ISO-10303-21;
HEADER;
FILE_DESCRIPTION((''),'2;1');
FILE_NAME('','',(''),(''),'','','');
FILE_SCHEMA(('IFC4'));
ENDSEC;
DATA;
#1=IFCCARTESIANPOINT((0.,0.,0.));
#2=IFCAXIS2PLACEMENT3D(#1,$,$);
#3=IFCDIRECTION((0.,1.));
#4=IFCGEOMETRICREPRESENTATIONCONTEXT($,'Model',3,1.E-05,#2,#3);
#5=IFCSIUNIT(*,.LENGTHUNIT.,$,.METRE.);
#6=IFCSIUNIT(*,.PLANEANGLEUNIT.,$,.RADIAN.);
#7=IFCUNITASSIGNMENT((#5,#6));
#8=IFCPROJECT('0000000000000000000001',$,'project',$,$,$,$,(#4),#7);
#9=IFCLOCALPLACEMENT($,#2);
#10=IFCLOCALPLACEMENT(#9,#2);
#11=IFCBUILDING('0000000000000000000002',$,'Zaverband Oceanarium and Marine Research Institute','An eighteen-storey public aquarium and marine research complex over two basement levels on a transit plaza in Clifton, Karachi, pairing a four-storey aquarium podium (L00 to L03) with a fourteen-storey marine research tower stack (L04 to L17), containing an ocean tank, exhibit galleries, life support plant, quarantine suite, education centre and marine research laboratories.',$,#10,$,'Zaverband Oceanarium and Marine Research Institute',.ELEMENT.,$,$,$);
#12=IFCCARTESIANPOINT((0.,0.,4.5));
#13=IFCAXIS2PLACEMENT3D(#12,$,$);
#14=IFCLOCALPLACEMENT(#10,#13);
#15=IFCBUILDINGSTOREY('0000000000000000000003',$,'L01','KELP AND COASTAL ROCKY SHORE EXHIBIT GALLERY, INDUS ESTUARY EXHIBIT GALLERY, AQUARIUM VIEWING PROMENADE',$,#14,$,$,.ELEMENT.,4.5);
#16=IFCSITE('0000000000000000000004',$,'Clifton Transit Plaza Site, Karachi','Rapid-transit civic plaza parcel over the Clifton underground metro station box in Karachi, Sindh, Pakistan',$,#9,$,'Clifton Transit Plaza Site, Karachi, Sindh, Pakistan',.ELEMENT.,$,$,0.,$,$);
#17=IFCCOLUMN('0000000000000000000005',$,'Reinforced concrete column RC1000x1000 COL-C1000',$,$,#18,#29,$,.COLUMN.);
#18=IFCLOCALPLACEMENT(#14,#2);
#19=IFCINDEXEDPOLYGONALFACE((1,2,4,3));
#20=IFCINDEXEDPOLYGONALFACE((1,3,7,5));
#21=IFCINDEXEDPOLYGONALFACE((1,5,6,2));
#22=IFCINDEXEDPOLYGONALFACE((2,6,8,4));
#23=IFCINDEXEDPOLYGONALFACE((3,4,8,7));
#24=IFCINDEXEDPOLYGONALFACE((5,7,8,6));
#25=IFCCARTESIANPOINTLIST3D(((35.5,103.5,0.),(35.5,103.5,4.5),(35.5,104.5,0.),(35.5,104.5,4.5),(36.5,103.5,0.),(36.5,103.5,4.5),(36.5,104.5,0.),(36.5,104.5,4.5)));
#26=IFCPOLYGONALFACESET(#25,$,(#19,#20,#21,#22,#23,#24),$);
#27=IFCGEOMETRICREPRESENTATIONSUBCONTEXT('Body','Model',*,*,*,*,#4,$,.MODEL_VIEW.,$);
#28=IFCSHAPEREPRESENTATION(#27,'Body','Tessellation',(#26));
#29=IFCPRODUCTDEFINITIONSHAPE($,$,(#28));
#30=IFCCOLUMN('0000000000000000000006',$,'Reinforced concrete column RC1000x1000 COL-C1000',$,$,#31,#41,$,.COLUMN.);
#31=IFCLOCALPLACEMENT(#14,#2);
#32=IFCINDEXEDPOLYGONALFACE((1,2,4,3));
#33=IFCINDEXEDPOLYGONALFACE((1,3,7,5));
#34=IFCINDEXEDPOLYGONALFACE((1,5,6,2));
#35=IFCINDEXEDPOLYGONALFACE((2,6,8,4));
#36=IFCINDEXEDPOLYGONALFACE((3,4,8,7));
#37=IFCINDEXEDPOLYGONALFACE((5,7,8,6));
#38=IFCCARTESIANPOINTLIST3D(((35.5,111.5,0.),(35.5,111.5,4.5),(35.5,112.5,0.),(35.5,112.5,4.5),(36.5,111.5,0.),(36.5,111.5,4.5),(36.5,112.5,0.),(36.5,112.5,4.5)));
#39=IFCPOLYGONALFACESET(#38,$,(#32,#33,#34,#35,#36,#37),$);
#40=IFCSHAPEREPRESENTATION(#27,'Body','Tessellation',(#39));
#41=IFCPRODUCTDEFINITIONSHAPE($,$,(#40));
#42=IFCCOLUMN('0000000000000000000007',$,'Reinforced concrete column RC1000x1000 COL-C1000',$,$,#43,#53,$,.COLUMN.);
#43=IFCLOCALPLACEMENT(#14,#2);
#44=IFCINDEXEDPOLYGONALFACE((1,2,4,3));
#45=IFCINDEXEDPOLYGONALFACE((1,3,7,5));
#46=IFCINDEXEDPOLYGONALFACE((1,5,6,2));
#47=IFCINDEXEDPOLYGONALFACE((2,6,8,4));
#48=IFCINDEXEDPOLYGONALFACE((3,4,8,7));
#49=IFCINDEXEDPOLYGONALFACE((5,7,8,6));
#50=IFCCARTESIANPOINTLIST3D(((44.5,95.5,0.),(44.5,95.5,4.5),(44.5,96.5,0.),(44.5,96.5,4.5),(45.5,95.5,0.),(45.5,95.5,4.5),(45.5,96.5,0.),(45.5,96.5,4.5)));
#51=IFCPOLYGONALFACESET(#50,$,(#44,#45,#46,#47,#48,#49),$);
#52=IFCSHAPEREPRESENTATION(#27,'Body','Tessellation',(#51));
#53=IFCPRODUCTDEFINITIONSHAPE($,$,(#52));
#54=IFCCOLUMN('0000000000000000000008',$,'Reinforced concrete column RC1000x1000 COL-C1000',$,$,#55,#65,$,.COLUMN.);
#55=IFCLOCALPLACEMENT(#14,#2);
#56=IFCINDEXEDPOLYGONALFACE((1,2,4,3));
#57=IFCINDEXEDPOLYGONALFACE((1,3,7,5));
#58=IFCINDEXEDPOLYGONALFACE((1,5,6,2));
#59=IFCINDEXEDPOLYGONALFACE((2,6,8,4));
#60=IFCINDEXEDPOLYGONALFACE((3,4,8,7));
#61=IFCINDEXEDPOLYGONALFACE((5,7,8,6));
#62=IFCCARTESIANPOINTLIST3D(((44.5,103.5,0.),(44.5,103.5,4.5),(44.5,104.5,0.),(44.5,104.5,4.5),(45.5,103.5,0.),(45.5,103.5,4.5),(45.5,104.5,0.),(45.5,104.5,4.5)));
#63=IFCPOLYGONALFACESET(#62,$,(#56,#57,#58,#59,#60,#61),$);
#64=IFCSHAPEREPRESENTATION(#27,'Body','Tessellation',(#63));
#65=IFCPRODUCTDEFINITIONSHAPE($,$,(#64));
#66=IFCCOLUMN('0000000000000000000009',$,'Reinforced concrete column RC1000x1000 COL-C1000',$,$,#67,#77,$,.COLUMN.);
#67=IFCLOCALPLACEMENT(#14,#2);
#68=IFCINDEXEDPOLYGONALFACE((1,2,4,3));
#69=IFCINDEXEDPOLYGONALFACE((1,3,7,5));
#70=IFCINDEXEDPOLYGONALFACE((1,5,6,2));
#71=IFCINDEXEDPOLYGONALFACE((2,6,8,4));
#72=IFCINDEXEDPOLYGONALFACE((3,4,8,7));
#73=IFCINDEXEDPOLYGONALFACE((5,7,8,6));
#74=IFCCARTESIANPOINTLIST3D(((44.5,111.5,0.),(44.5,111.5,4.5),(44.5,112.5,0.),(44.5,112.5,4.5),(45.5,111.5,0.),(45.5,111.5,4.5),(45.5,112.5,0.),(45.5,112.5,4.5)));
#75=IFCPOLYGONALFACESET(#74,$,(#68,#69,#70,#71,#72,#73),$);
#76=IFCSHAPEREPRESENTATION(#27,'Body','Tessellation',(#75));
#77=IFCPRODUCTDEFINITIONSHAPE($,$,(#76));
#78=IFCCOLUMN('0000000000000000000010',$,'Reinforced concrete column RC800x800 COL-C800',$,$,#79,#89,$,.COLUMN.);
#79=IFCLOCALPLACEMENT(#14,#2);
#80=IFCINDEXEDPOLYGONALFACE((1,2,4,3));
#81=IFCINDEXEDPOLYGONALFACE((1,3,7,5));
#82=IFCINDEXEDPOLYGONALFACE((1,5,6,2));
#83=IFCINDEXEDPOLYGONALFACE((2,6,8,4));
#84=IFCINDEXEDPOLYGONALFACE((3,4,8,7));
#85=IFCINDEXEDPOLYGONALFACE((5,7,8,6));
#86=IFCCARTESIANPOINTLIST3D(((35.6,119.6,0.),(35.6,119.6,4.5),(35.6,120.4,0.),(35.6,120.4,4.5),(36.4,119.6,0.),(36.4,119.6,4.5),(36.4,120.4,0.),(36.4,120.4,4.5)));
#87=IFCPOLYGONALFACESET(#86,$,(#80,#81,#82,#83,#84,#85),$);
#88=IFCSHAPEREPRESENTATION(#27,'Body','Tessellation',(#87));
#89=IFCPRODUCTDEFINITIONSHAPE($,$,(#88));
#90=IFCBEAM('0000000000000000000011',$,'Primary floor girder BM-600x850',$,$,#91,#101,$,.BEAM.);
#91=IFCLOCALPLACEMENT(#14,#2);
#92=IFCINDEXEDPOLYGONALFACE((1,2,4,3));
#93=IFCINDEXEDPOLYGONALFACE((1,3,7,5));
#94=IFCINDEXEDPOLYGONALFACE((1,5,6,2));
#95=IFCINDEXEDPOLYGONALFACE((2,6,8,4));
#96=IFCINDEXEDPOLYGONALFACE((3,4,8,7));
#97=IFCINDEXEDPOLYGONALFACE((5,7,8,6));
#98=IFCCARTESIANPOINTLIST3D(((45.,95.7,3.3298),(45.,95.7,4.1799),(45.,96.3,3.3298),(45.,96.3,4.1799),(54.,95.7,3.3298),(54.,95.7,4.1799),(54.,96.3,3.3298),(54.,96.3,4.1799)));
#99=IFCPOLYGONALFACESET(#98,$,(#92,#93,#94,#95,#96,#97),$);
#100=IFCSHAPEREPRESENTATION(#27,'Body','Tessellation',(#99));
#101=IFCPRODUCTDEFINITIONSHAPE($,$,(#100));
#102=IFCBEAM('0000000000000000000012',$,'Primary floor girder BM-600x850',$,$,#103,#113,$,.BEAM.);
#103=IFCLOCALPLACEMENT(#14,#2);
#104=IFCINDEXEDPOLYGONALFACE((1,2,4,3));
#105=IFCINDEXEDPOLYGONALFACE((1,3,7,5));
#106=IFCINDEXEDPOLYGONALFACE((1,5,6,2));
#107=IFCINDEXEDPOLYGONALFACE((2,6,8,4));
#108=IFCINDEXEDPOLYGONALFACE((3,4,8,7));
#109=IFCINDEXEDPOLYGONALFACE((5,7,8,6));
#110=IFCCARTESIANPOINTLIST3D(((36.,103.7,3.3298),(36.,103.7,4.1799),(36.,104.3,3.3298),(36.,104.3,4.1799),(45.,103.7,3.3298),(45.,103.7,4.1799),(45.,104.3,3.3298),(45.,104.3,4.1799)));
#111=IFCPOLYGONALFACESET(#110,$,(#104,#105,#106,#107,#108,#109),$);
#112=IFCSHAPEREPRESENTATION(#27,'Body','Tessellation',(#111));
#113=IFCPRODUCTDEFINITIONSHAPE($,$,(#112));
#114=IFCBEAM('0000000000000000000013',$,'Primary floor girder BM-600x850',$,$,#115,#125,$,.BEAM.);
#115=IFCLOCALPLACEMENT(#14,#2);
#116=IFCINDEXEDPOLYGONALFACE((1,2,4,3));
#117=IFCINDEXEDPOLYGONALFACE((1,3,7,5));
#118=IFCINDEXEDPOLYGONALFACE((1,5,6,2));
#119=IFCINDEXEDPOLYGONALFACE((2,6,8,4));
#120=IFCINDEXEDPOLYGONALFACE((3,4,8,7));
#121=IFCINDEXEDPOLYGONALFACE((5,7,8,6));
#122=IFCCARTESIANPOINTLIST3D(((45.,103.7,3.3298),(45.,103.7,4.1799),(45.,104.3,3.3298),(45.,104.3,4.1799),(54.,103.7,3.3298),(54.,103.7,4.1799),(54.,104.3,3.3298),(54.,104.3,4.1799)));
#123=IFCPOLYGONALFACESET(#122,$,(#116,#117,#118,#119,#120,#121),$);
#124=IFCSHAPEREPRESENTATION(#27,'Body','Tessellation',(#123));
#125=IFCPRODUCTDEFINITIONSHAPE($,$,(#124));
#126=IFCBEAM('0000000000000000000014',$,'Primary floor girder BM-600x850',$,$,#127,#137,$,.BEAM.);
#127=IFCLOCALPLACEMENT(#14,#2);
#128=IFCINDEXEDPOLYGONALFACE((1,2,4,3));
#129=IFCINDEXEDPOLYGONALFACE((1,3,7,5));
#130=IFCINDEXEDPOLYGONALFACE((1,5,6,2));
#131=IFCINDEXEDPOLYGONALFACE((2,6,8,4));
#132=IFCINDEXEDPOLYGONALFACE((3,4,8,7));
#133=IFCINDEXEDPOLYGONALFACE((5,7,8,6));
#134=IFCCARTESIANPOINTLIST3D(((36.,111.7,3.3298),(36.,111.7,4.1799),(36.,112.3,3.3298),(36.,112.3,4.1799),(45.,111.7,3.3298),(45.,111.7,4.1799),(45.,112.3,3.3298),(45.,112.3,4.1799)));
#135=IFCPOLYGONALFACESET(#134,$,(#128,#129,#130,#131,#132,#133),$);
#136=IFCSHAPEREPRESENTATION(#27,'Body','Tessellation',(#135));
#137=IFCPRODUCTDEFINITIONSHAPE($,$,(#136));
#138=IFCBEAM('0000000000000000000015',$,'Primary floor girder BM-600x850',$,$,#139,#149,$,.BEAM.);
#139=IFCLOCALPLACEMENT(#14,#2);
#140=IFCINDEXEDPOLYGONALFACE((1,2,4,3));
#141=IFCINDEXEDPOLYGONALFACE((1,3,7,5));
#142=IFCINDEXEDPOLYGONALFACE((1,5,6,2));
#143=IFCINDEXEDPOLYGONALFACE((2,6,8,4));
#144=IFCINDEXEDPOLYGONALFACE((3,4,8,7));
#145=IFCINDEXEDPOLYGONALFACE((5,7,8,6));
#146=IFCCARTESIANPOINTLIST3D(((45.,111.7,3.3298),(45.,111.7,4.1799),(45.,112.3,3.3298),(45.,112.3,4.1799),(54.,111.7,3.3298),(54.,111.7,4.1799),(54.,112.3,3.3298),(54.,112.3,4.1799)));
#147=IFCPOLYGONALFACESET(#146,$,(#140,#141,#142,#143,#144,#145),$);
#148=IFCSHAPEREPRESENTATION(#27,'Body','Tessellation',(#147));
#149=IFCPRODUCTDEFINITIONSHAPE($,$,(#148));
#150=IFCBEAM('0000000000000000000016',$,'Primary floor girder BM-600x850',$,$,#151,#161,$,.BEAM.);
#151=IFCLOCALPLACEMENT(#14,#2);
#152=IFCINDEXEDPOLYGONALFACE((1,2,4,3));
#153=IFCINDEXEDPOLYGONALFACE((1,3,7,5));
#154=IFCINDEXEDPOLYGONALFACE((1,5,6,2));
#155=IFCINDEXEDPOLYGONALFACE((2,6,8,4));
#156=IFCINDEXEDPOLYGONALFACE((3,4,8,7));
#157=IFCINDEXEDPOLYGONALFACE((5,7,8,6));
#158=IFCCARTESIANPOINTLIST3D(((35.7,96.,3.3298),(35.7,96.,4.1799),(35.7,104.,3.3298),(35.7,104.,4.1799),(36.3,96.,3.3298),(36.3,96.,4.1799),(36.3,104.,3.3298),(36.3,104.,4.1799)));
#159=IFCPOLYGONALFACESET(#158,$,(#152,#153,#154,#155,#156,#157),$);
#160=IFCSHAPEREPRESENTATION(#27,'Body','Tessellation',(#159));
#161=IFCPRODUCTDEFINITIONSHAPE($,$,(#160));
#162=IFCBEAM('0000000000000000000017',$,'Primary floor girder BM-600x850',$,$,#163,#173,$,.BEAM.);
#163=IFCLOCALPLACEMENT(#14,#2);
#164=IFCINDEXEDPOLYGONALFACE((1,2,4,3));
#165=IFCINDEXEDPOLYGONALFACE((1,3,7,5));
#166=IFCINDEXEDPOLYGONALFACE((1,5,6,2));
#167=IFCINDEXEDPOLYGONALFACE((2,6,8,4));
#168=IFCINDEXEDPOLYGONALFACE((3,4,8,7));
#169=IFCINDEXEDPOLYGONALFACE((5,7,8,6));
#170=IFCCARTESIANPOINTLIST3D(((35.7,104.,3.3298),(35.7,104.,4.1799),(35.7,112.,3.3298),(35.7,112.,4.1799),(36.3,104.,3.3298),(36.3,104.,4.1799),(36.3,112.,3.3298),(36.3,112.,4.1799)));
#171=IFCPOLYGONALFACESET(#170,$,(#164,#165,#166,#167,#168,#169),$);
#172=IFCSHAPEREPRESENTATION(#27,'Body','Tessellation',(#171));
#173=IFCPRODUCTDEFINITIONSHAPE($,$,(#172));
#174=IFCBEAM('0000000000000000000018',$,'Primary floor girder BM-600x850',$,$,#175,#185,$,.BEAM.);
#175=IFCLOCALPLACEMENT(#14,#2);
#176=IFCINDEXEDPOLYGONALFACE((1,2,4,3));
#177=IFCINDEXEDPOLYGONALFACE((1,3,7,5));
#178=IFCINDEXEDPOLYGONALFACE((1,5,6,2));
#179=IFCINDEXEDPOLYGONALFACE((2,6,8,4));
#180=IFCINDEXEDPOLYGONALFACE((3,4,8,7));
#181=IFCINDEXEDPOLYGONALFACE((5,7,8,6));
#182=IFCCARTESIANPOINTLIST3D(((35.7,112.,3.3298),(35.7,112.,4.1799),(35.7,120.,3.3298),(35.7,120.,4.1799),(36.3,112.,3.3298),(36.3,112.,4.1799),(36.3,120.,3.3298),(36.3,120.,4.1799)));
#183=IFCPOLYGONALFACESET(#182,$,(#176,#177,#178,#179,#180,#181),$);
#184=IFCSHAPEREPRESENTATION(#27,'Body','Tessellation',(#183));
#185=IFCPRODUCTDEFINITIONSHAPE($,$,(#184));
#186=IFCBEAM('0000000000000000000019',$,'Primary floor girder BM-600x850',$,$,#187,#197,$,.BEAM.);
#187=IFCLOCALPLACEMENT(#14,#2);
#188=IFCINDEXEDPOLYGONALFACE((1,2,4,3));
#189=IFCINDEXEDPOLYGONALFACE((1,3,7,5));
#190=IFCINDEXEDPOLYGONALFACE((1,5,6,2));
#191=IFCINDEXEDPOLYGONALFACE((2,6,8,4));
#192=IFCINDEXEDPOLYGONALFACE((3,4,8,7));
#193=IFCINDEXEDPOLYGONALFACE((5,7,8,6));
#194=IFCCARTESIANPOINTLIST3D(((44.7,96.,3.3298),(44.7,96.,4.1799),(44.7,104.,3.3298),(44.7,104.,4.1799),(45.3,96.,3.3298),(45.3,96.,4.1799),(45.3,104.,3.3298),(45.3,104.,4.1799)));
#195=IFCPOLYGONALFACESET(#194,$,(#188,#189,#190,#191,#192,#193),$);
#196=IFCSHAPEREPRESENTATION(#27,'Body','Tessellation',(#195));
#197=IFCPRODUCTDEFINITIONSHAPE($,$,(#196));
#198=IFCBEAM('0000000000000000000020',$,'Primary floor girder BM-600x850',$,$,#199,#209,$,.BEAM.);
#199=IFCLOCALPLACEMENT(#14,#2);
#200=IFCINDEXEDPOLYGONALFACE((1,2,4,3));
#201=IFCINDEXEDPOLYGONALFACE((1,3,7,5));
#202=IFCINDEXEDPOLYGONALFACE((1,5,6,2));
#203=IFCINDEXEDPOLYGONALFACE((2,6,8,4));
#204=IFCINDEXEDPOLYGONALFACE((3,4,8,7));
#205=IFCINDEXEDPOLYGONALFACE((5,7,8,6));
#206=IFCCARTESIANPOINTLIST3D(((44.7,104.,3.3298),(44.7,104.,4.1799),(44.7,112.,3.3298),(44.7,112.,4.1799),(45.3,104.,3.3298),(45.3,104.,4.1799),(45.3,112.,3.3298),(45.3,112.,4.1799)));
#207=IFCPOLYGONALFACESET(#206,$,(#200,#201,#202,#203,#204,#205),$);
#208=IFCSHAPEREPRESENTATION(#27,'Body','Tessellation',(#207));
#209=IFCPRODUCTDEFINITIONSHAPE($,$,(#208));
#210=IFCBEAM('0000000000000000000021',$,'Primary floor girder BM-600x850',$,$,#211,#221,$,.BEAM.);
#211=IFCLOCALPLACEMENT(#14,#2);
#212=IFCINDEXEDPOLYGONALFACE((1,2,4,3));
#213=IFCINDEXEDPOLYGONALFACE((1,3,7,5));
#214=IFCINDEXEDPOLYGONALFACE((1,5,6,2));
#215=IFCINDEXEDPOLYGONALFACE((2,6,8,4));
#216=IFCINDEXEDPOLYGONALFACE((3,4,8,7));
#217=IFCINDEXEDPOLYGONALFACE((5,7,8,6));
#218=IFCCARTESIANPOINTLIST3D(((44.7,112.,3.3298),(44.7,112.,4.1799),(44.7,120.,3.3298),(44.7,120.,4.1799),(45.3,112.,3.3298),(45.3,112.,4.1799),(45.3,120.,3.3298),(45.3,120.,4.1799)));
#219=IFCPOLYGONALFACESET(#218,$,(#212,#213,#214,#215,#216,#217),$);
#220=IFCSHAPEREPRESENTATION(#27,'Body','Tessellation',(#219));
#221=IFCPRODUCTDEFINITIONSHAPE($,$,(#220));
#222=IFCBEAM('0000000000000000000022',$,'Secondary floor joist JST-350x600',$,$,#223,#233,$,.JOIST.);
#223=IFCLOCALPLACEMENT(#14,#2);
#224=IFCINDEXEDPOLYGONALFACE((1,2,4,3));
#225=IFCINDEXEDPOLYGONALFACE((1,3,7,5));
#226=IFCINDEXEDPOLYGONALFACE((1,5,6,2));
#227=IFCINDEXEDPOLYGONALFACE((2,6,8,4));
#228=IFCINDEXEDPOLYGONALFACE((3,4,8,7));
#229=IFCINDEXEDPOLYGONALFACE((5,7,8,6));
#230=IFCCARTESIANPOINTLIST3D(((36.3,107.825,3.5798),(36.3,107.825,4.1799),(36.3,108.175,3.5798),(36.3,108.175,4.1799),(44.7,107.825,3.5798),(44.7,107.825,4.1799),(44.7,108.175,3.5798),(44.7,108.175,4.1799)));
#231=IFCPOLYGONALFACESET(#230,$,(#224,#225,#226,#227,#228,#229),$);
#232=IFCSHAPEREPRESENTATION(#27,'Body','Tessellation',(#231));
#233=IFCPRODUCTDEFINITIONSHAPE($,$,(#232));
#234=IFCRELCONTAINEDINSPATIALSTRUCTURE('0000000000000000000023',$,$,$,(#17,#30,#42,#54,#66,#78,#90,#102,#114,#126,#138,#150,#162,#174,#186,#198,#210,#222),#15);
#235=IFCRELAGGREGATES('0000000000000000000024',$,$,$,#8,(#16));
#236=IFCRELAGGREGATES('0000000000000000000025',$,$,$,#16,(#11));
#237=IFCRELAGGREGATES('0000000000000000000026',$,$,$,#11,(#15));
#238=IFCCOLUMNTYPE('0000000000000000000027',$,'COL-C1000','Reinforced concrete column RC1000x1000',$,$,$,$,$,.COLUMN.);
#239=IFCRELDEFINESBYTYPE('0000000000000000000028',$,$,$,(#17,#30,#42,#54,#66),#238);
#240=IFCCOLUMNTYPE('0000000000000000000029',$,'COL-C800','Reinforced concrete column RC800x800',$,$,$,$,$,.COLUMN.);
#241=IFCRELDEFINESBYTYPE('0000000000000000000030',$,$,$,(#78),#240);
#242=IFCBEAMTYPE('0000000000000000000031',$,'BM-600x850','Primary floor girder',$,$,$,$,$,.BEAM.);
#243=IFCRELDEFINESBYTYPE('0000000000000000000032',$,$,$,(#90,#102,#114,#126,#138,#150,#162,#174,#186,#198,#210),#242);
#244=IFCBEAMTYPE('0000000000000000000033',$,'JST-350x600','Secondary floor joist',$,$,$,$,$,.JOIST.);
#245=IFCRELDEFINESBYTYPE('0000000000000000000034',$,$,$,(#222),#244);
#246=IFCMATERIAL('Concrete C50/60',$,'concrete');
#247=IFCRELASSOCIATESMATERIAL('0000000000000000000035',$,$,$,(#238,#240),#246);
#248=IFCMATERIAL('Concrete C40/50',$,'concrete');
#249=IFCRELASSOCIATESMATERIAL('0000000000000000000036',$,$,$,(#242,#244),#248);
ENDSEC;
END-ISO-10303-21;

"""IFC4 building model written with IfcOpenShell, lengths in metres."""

from ifc_helpers import new_model, si_unit, direction, frame, origin, origin_2d, place, context, subcontext, project, spatial, rectangle, extrude, material, material_profile, profile_set, type_object, element, save


model = new_model("IFC4")

# Units and contexts
model_context = context("Model", 3, precision=1e-05, world=origin(), true_north=direction((0.0, 1.0)))
body_context = subcontext(model_context, "Body", "Model", "MODEL_VIEW")
ifc_project = project(units=[si_unit("LENGTHUNIT", "METRE"), si_unit("PLANEANGLEUNIT", "RADIAN")], contexts=[model_context])

# Site, building, storey
site_placement = place(None, origin())
site = spatial("IfcSite", under=ifc_project, at=site_placement, Name="Clifton Transit Plaza Site, Karachi", Description="Rapid-transit civic plaza parcel over the Clifton underground metro station box in Karachi, Sindh, Pakistan", LongName="Clifton Transit Plaza Site, Karachi, Sindh, Pakistan", CompositionType="ELEMENT", RefElevation=0.0)
building_placement = place(site_placement, origin())
building = spatial("IfcBuilding", under=site, at=building_placement, Name="Zaverband Oceanarium and Marine Research Institute", Description="An eighteen-storey public aquarium and marine research complex over two basement levels on a transit plaza in Clifton, Karachi, pairing a four-storey aquarium podium (L00 to L03) with a fourteen-storey marine research tower stack (L04 to L17), containing an ocean tank, exhibit galleries, life support plant, quarantine suite, education centre and marine research laboratories.", LongName="Zaverband Oceanarium and Marine Research Institute", CompositionType="ELEMENT")
storey_placement = place(building_placement, frame((0.0, 0.0, 4.5)))
storey = spatial("IfcBuildingStorey", under=building, at=storey_placement, Name="L01", Description="KELP AND COASTAL ROCKY SHORE EXHIBIT GALLERY, INDUS ESTUARY EXHIBIT GALLERY, AQUARIUM VIEWING PROMENADE", CompositionType="ELEMENT", Elevation=4.5)

# Columns
ifc_material_1 = material(Name="Concrete C50/60", Category="concrete")
ifc_material_profile_1 = material_profile(ifc_material_1, rectangle(XDim=1.0, YDim=1.0, at=origin_2d()), Name="RC1000x1000")
ifc_profile_set_1 = profile_set([ifc_material_profile_1], Name="Concrete C50/60")
column_type_1 = type_object("IfcColumnType", Name="COL-C1000", Description="Reinforced concrete column RC1000x1000", PredefinedType="COLUMN", material=ifc_profile_set_1)
for number, where, z_axis, x_axis, name in (
    (1, (36.0, 104.0, 0.0), (0.0, 0.0, 1.0), (1.0, 0.0, 0.0), "Reinforced concrete column RC1000x1000 COL-C1000"),
    (2, (36.0, 112.0, 0.0), (0.0, 0.0, 1.0), (1.0, 0.0, 0.0), "Reinforced concrete column RC1000x1000 COL-C1000"),
    (3, (45.0, 96.0, 0.0), (0.0, 0.0, 1.0), (1.0, 0.0, 0.0), "Reinforced concrete column RC1000x1000 COL-C1000"),
    (4, (45.0, 104.0, 0.0), (0.0, 0.0, 1.0), (1.0, 0.0, 0.0), "Reinforced concrete column RC1000x1000 COL-C1000"),
    (5, (45.0, 112.0, 0.0), (0.0, 0.0, 1.0), (1.0, 0.0, 0.0), "Reinforced concrete column RC1000x1000 COL-C1000"),
):
    element("IfcColumn", number, at=place(storey_placement, frame(where, z_axis=z_axis, x_axis=x_axis)), inside=storey, type_object=column_type_1, Name=name, PredefinedType="COLUMN", context=body_context, shape_type="SweptSolid", body=[
        extrude(rectangle(XDim=1.0, YDim=1.0, at=origin_2d()), origin(), (0.0, 0.0, 1.0), 4.5),
    ])
ifc_material_profile_2 = material_profile(ifc_material_1, rectangle(XDim=0.8, YDim=0.8, at=origin_2d()), Name="RC800x800")
ifc_profile_set_2 = profile_set([ifc_material_profile_2], Name="Concrete C50/60")
column_type_2 = type_object("IfcColumnType", Name="COL-C800", Description="Reinforced concrete column RC800x800", PredefinedType="COLUMN", material=ifc_profile_set_2)
column_placement = place(storey_placement, frame((36.0, 120.0, 0.0), z_axis=(0.0, 0.0, 1.0), x_axis=(1.0, 0.0, 0.0)))
element("IfcColumn", 6, at=column_placement, inside=storey, type_object=column_type_2, Name="Reinforced concrete column RC800x800 COL-C800", PredefinedType="COLUMN", context=body_context, shape_type="SweptSolid", body=[
    extrude(rectangle(XDim=0.8, YDim=0.8, at=origin_2d()), origin(), (0.0, 0.0, 1.0), 4.5),
])

# Beams
ifc_material_2 = material(Name="Concrete C40/50", Category="concrete")
ifc_material_profile_3 = material_profile(ifc_material_2, rectangle(XDim=0.6001, YDim=0.8501, at=origin_2d()), Name="RC600x850")
ifc_profile_set_3 = profile_set([ifc_material_profile_3], Name="Concrete C40/50")
beam_type_1 = type_object("IfcBeamType", Name="BM-600x850", Description="Primary floor girder", PredefinedType="BEAM", material=ifc_profile_set_3)
for number, where, z_axis, x_axis, name in (
    (7, (45.0, 96.0, 3.7549), (1.0, 0.0, 0.0), (0.0, 1.0, 0.0), "Primary floor girder BM-600x850"),
    (8, (36.0, 104.0, 3.7549), (1.0, 0.0, 0.0), (0.0, 1.0, 0.0), "Primary floor girder BM-600x850"),
    (9, (45.0, 104.0, 3.7549), (1.0, 0.0, 0.0), (0.0, 1.0, 0.0), "Primary floor girder BM-600x850"),
    (10, (36.0, 112.0, 3.7549), (1.0, 0.0, 0.0), (0.0, 1.0, 0.0), "Primary floor girder BM-600x850"),
    (11, (45.0, 112.0, 3.7549), (1.0, 0.0, 0.0), (0.0, 1.0, 0.0), "Primary floor girder BM-600x850"),
):
    element("IfcBeam", number, at=place(storey_placement, frame(where, z_axis=z_axis, x_axis=x_axis)), inside=storey, type_object=beam_type_1, Name=name, PredefinedType="BEAM", context=body_context, shape_type="SweptSolid", body=[
        extrude(rectangle(XDim=0.6001, YDim=0.8501, at=origin_2d()), origin(), (0.0, 0.0, 1.0), 9.0),
    ])
for number, where, z_axis, x_axis, name in (
    (12, (36.0, 96.0, 3.7549), (0.0, 1.0, 0.0), (-1.0, 0.0, 0.0), "Primary floor girder BM-600x850"),
    (13, (36.0, 104.0, 3.7549), (0.0, 1.0, 0.0), (-1.0, 0.0, 0.0), "Primary floor girder BM-600x850"),
    (14, (36.0, 112.0, 3.7549), (0.0, 1.0, 0.0), (-1.0, 0.0, 0.0), "Primary floor girder BM-600x850"),
    (15, (45.0, 96.0, 3.7549), (0.0, 1.0, 0.0), (-1.0, 0.0, 0.0), "Primary floor girder BM-600x850"),
    (16, (45.0, 104.0, 3.7549), (0.0, 1.0, 0.0), (-1.0, 0.0, 0.0), "Primary floor girder BM-600x850"),
    (17, (45.0, 112.0, 3.7549), (0.0, 1.0, 0.0), (-1.0, 0.0, 0.0), "Primary floor girder BM-600x850"),
):
    element("IfcBeam", number, at=place(storey_placement, frame(where, z_axis=z_axis, x_axis=x_axis)), inside=storey, type_object=beam_type_1, Name=name, PredefinedType="BEAM", context=body_context, shape_type="SweptSolid", body=[
        extrude(rectangle(XDim=0.6001, YDim=0.8501, at=origin_2d()), origin(), (0.0, 0.0, 1.0), 8.0),
    ])
ifc_material_profile_4 = material_profile(ifc_material_2, rectangle(XDim=0.3501, YDim=0.6001, at=origin_2d()), Name="RC350x600")
ifc_profile_set_4 = profile_set([ifc_material_profile_4], Name="Concrete C40/50")
beam_type_2 = type_object("IfcBeamType", Name="JST-350x600", Description="Secondary floor joist", PredefinedType="JOIST", material=ifc_profile_set_4)
for number, where, z_axis, x_axis, name in (
    (18, (36.3, 108.0, 3.8799), (1.0, 0.0, 0.0), (0.0, 1.0, 0.0), "Secondary floor joist JST-350x600"),
):
    element("IfcBeam", number, at=place(storey_placement, frame(where, z_axis=z_axis, x_axis=x_axis)), inside=storey, type_object=beam_type_2, Name=name, PredefinedType="JOIST", context=body_context, shape_type="SweptSolid", body=[
        extrude(rectangle(XDim=0.3501, YDim=0.6001, at=origin_2d()), origin(), (0.0, 0.0, 1.0), 8.3999),
    ])

save(model, "model.ifc")
